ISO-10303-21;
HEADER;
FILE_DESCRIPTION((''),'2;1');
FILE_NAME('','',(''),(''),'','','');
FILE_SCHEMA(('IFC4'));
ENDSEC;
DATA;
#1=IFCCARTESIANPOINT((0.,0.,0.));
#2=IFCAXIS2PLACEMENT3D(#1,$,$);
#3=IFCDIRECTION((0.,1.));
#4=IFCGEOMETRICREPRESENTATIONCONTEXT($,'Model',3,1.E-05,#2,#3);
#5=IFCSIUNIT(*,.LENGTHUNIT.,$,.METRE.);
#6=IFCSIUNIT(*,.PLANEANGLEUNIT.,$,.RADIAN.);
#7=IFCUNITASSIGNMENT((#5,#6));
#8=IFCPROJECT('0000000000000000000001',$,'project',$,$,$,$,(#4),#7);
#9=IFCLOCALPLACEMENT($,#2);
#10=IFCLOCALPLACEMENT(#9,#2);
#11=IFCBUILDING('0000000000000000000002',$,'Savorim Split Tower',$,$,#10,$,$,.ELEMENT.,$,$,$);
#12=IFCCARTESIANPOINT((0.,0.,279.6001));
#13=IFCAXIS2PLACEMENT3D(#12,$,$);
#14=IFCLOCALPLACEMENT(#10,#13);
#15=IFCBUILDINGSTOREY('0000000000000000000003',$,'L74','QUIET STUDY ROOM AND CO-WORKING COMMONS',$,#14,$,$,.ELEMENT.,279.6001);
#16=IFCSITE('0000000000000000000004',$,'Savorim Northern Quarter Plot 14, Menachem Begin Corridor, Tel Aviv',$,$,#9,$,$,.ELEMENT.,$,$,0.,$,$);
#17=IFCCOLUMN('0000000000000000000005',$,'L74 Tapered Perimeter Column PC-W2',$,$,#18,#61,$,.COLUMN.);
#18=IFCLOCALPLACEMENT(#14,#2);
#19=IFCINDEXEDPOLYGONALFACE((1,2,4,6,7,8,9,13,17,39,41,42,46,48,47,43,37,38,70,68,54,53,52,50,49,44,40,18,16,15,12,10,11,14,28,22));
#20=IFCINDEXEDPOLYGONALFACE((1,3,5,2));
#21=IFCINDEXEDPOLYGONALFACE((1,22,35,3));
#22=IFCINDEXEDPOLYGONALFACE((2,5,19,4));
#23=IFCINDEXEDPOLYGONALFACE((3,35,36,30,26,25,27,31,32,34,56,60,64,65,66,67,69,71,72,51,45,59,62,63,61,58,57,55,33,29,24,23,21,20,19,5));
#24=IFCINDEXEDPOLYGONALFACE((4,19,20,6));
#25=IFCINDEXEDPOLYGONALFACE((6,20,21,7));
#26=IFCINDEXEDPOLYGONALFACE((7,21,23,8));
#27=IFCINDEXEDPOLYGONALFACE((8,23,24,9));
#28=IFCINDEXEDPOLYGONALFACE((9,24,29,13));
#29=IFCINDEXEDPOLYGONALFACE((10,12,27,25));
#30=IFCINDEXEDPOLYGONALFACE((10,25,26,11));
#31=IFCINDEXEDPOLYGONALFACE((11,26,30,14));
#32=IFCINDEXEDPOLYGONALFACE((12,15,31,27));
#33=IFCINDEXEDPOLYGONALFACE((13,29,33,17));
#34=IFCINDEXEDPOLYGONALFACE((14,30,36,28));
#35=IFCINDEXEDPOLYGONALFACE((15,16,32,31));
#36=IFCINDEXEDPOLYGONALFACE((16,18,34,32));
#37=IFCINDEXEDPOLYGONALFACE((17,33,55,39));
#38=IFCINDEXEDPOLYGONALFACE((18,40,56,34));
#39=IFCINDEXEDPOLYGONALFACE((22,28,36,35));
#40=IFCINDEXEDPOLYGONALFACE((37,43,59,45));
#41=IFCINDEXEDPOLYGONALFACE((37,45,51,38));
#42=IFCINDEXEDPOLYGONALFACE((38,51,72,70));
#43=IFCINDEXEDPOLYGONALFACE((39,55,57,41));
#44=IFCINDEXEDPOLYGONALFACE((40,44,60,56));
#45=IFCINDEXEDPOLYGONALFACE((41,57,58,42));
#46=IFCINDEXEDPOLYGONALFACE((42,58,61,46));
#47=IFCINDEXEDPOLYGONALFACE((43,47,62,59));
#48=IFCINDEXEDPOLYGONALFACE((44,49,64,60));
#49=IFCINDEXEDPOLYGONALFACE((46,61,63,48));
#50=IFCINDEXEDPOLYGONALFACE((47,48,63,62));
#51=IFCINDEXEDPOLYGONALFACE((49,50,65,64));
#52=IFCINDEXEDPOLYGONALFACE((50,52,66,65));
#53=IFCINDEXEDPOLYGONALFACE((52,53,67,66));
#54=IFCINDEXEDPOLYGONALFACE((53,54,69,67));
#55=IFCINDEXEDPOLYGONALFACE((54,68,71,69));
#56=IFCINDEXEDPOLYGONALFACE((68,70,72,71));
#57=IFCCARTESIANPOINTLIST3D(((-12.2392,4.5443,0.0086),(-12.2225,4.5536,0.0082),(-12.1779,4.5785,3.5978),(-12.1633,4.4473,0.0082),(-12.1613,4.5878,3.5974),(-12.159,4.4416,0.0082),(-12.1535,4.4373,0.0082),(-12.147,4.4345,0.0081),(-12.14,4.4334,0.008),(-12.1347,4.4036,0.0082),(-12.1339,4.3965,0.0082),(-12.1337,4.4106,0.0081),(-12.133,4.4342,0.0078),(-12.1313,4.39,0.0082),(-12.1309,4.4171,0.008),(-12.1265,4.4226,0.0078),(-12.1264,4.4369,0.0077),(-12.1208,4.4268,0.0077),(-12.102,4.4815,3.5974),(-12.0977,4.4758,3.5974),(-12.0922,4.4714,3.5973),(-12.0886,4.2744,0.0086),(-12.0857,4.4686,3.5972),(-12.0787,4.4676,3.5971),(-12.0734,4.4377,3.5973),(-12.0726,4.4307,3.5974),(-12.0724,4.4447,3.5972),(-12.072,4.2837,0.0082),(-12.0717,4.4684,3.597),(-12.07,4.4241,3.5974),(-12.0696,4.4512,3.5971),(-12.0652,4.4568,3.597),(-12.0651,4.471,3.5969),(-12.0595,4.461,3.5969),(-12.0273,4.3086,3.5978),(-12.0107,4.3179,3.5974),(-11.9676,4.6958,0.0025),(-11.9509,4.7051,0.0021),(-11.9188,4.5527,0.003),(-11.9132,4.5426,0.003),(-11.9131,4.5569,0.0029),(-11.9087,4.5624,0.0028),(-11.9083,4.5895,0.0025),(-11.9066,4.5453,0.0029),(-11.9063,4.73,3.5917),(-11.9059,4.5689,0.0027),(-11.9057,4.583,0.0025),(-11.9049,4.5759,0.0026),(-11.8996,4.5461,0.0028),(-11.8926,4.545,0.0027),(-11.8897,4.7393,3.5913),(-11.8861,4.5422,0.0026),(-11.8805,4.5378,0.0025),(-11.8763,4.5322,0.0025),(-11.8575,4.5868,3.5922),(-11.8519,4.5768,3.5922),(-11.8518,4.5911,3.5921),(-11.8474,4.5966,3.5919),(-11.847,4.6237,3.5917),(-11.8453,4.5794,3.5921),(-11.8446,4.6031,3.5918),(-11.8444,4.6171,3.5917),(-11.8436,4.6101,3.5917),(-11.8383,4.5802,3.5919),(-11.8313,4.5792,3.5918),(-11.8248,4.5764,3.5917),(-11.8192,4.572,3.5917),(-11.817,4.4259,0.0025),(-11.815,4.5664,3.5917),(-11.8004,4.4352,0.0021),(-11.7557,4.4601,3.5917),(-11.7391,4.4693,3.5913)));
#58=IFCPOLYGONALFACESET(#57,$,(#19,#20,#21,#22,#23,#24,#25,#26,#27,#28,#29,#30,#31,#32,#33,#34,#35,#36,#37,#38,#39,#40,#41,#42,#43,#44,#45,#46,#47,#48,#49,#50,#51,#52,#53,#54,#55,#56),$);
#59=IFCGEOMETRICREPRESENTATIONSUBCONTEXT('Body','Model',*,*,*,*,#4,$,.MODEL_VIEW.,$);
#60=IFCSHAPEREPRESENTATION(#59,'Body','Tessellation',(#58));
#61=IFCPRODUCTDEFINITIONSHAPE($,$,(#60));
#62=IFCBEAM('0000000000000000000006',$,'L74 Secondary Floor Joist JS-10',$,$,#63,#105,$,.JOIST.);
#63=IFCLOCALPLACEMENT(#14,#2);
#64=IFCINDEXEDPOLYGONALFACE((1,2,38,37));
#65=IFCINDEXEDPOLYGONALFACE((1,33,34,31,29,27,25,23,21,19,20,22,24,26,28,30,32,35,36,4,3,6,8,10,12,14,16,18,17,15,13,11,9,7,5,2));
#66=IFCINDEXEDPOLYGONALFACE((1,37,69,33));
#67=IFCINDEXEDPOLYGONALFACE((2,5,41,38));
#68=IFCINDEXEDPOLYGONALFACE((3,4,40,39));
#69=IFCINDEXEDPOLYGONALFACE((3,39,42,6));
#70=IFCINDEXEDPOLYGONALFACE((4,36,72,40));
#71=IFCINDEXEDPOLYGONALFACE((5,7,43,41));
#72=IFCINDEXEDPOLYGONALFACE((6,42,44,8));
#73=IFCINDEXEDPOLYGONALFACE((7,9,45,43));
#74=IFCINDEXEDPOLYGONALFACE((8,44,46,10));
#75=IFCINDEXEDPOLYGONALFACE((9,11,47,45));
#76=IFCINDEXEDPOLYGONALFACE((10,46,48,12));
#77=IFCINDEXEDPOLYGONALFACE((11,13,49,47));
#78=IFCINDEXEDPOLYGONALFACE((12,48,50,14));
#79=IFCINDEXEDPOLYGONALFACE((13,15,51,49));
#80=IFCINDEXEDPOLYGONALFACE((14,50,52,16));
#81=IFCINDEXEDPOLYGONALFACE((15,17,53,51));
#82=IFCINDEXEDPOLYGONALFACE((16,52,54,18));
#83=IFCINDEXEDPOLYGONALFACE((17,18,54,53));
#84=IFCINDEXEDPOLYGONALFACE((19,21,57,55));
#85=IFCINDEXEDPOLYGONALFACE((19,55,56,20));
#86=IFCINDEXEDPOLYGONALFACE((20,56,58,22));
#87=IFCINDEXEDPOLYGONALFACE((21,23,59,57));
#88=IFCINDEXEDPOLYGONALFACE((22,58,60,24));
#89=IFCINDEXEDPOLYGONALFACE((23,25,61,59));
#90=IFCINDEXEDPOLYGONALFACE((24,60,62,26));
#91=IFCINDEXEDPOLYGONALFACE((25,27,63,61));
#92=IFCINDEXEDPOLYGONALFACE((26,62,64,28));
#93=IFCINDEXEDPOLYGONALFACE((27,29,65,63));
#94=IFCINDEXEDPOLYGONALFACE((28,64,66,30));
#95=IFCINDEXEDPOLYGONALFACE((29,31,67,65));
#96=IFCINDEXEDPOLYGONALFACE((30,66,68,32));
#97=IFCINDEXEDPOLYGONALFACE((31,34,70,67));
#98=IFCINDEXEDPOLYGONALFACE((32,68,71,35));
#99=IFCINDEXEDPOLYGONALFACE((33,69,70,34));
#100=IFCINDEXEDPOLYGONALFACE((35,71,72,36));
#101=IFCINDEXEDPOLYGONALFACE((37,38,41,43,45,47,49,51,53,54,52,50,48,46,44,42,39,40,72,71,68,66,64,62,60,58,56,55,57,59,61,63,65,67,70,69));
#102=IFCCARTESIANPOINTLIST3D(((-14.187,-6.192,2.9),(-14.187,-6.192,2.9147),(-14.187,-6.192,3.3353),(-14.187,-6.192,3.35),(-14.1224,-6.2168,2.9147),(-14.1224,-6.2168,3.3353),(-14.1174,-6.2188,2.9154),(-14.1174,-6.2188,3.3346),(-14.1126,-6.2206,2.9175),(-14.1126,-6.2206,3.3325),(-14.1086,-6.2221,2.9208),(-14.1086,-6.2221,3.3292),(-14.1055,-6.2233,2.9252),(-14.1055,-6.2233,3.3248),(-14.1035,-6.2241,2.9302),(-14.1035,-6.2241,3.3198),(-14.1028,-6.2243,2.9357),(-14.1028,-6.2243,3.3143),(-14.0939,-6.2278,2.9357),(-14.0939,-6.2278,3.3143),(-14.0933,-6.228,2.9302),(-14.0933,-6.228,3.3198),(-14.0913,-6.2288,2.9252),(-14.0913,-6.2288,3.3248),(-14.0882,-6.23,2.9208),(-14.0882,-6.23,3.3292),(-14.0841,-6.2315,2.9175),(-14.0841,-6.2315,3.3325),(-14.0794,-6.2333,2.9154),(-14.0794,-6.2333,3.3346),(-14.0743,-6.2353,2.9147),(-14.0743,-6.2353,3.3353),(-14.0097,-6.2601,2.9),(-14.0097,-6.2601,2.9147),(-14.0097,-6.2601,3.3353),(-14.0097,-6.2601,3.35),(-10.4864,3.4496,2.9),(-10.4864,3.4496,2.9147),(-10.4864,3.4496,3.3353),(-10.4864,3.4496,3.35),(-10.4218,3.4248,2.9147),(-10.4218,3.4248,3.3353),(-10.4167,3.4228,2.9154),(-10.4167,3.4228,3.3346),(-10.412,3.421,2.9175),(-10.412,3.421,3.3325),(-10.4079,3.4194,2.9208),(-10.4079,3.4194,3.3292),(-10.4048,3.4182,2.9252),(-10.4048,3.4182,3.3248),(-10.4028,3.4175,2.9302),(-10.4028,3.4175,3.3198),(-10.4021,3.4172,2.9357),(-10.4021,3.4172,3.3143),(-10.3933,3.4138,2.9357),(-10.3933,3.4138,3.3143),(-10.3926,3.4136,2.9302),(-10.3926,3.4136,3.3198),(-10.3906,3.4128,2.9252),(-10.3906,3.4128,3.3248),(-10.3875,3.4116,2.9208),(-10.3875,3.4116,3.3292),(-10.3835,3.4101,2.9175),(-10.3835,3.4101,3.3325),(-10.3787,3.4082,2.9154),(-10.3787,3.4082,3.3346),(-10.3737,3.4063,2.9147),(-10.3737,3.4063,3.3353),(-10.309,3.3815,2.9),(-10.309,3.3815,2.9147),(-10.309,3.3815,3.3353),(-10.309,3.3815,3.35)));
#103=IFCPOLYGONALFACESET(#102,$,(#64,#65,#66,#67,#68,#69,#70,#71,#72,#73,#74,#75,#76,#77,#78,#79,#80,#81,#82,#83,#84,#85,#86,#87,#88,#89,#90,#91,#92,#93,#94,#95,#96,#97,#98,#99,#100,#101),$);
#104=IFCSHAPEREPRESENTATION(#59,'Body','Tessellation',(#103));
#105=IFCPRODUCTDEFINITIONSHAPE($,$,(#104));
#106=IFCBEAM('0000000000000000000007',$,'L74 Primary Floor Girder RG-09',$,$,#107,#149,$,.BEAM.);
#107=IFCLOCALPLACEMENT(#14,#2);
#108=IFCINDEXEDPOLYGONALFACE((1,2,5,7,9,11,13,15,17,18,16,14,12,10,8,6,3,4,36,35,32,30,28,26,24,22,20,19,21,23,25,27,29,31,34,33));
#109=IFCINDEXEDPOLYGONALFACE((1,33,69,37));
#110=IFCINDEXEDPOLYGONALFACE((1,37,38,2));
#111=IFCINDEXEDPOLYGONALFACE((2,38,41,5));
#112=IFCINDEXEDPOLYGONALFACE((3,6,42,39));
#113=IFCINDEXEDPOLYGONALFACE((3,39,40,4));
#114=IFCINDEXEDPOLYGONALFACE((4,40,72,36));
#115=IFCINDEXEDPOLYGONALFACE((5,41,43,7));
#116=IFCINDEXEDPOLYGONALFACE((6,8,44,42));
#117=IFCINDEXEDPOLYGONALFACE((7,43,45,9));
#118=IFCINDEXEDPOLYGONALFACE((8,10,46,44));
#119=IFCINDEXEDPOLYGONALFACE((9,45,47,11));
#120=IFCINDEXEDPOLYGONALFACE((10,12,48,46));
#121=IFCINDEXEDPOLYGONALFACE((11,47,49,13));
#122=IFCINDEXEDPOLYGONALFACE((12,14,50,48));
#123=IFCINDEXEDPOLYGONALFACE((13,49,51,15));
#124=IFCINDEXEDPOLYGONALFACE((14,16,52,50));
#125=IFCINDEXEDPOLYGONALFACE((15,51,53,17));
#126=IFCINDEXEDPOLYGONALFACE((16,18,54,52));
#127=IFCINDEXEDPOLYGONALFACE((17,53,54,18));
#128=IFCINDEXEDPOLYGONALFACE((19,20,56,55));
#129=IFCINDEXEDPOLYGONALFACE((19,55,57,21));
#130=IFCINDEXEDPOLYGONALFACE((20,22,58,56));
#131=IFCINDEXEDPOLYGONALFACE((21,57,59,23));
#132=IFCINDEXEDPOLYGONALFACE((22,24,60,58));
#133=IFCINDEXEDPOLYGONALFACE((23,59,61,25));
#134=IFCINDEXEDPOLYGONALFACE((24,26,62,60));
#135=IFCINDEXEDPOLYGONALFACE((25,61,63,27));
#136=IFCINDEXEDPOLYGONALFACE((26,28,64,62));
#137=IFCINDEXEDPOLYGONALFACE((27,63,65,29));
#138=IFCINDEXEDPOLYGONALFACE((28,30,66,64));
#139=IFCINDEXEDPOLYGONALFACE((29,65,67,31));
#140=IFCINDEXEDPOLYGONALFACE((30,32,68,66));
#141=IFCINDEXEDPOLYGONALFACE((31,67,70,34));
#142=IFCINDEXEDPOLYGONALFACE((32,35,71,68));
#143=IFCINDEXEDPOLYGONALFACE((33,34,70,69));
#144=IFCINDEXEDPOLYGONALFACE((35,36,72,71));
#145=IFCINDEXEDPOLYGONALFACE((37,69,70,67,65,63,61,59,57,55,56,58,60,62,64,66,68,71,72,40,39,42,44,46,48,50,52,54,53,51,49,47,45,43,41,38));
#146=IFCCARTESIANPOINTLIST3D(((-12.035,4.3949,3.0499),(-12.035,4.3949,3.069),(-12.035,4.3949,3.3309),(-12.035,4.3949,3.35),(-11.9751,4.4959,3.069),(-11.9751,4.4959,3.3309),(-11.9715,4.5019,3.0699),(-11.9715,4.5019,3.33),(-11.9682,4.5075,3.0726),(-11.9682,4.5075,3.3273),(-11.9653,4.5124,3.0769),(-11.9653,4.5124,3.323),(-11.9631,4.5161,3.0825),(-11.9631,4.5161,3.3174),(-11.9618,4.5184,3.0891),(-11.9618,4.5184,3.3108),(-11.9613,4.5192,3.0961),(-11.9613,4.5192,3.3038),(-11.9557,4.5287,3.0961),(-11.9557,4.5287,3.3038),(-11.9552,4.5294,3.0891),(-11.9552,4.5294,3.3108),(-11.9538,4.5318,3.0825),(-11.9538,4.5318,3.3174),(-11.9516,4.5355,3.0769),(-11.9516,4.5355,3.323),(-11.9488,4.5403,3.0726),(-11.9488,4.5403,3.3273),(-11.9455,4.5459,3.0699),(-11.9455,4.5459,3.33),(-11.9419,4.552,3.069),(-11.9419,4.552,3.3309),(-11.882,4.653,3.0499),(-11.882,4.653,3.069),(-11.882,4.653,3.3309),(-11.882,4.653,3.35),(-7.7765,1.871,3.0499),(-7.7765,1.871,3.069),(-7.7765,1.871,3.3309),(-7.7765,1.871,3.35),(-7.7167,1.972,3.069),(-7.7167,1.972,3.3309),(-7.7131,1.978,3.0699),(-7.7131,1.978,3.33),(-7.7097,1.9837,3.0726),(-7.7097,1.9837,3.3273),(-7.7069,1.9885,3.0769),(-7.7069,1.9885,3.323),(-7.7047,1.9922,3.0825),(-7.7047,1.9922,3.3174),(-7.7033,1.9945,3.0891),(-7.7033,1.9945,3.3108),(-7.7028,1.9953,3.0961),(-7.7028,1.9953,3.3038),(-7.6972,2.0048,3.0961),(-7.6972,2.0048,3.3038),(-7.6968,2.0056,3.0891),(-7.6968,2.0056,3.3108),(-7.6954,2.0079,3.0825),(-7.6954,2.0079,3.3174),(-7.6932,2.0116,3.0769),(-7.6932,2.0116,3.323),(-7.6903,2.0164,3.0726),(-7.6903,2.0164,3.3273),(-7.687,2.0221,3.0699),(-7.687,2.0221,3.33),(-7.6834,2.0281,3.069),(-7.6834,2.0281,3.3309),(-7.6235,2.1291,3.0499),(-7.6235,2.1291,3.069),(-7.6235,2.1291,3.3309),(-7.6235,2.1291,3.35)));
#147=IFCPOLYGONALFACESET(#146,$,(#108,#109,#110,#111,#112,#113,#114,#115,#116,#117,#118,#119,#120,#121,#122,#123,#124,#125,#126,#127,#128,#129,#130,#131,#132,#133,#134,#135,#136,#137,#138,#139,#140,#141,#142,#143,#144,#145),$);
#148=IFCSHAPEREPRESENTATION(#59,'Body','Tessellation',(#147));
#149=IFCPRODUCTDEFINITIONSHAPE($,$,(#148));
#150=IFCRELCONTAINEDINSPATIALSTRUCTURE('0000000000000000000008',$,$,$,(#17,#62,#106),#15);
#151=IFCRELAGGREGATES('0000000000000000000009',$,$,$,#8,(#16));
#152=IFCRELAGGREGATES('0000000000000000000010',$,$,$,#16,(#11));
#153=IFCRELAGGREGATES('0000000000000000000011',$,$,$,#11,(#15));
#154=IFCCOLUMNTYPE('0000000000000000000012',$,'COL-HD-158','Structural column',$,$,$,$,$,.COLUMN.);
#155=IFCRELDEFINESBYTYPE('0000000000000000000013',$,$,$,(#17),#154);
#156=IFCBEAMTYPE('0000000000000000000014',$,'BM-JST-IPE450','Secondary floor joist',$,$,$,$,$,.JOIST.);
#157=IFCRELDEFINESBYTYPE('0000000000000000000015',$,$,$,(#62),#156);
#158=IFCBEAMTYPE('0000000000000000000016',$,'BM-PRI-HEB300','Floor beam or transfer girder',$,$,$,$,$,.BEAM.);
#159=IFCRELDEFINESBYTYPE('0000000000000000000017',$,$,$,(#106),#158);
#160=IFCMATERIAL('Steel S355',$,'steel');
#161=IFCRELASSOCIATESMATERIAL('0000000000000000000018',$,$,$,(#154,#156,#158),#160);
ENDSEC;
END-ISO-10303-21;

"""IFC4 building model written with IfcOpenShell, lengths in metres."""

from ifc_helpers import new_model, si_unit, direction, frame, origin, origin_2d, place, context, subcontext, project, spatial, i_section, extrude, material, material_profile, profile_set, type_object, element, save


model = new_model("IFC4")

# Units and contexts
model_context = context("Model", 3, precision=1e-05, world=origin(), true_north=direction((0.0, 1.0)))
body_context = subcontext(model_context, "Body", "Model", "MODEL_VIEW")
ifc_project = project(units=[si_unit("LENGTHUNIT", "METRE"), si_unit("PLANEANGLEUNIT", "RADIAN")], contexts=[model_context])

# Site, building, storey
site_placement = place(None, origin())
site = spatial("IfcSite", under=ifc_project, at=site_placement, Name="Savorim Northern Quarter Plot 14, Menachem Begin Corridor, Tel Aviv", CompositionType="ELEMENT", RefElevation=0.0)
building_placement = place(site_placement, origin())
building = spatial("IfcBuilding", under=site, at=building_placement, Name="Savorim Split Tower", CompositionType="ELEMENT")
storey_placement = place(building_placement, frame((0.0, 0.0, 279.6001)))
storey = spatial("IfcBuildingStorey", under=building, at=storey_placement, Name="L74", Description="QUIET STUDY ROOM AND CO-WORKING COMMONS", CompositionType="ELEMENT", Elevation=279.6001)

# Column
ifc_material_1 = material(Name="Steel S355", Category="steel")
ifc_material_profile_1 = material_profile(ifc_material_1, i_section(OverallWidth=0.3091, OverallDepth=0.3301, WebThickness=0.0115, FlangeThickness=0.019, FilletRadius=0.0271, at=origin_2d()), Name="HD 320x158")
ifc_profile_set_1 = profile_set([ifc_material_profile_1], Name="Steel S355")
column_type = type_object("IfcColumnType", Name="COL-HD-158", Description="Structural column", PredefinedType="COLUMN", material=ifc_profile_set_1)
column_placement = place(storey_placement, frame((-12.0198, 4.4897, 0.0054), z_axis=(0.01707, 0.009521, 0.999809), x_axis=(-0.487119, 0.873335, 0.0)))
element("IfcColumn", 1, at=column_placement, inside=storey, type_object=column_type, Name="L74 Tapered Perimeter Column PC-W2", PredefinedType="COLUMN", context=body_context, shape_type="SweptSolid", body=[
    extrude(i_section(OverallWidth=0.3091, OverallDepth=0.3301, WebThickness=0.0115, FlangeThickness=0.019, FilletRadius=0.0271, at=origin_2d()), origin(), (0.0, 0.0, 1.0), 3.5898),
])

# Beams
ifc_material_profile_2 = material_profile(ifc_material_1, i_section(OverallWidth=0.1899, OverallDepth=0.45, WebThickness=0.0095, FlangeThickness=0.0146, FilletRadius=0.021, at=origin_2d()), Name="IPE 450")
ifc_profile_set_2 = profile_set([ifc_material_profile_2], Name="Steel S355")
beam_type_1 = type_object("IfcBeamType", Name="BM-JST-IPE450", Description="Secondary floor joist", PredefinedType="JOIST", material=ifc_profile_set_2)
beam_1_placement = place(storey_placement, frame((-10.3977, 3.4155, 3.125), z_axis=(-0.358336, -0.933593, 0.0), x_axis=(0.933593, -0.358336, 0.0)))
element("IfcBeam", 2, at=beam_1_placement, inside=storey, type_object=beam_type_1, Name="L74 Secondary Floor Joist JS-10", PredefinedType="JOIST", context=body_context, shape_type="SweptSolid", body=[
    extrude(i_section(OverallWidth=0.1899, OverallDepth=0.45, WebThickness=0.0095, FlangeThickness=0.0146, FilletRadius=0.021, at=origin_2d()), origin(), (0.0, 0.0, 1.0), 10.3274),
])
ifc_material_profile_3 = material_profile(ifc_material_1, i_section(OverallWidth=0.3, OverallDepth=0.3, WebThickness=0.011, FlangeThickness=0.019, FilletRadius=0.0271, at=origin_2d()), Name="HEB 300")
ifc_profile_set_3 = profile_set([ifc_material_profile_3], Name="Steel S355")
beam_type_2 = type_object("IfcBeamType", Name="BM-PRI-HEB300", Description="Floor beam or transfer girder", PredefinedType="BEAM", material=ifc_profile_set_3)
beam_2_placement = place(storey_placement, frame((-11.9585, 4.5239, 3.2), z_axis=(0.860261, -0.509854, 0.0), x_axis=(0.509854, 0.860261, 0.0)))
element("IfcBeam", 3, at=beam_2_placement, inside=storey, type_object=beam_type_2, Name="L74 Primary Floor Girder RG-09", PredefinedType="BEAM", context=body_context, shape_type="SweptSolid", body=[
    extrude(i_section(OverallWidth=0.3, OverallDepth=0.3, WebThickness=0.011, FlangeThickness=0.019, FilletRadius=0.0271, at=origin_2d()), origin(), (0.0, 0.0, 1.0), 4.9502),
])

save(model, "model.ifc")
